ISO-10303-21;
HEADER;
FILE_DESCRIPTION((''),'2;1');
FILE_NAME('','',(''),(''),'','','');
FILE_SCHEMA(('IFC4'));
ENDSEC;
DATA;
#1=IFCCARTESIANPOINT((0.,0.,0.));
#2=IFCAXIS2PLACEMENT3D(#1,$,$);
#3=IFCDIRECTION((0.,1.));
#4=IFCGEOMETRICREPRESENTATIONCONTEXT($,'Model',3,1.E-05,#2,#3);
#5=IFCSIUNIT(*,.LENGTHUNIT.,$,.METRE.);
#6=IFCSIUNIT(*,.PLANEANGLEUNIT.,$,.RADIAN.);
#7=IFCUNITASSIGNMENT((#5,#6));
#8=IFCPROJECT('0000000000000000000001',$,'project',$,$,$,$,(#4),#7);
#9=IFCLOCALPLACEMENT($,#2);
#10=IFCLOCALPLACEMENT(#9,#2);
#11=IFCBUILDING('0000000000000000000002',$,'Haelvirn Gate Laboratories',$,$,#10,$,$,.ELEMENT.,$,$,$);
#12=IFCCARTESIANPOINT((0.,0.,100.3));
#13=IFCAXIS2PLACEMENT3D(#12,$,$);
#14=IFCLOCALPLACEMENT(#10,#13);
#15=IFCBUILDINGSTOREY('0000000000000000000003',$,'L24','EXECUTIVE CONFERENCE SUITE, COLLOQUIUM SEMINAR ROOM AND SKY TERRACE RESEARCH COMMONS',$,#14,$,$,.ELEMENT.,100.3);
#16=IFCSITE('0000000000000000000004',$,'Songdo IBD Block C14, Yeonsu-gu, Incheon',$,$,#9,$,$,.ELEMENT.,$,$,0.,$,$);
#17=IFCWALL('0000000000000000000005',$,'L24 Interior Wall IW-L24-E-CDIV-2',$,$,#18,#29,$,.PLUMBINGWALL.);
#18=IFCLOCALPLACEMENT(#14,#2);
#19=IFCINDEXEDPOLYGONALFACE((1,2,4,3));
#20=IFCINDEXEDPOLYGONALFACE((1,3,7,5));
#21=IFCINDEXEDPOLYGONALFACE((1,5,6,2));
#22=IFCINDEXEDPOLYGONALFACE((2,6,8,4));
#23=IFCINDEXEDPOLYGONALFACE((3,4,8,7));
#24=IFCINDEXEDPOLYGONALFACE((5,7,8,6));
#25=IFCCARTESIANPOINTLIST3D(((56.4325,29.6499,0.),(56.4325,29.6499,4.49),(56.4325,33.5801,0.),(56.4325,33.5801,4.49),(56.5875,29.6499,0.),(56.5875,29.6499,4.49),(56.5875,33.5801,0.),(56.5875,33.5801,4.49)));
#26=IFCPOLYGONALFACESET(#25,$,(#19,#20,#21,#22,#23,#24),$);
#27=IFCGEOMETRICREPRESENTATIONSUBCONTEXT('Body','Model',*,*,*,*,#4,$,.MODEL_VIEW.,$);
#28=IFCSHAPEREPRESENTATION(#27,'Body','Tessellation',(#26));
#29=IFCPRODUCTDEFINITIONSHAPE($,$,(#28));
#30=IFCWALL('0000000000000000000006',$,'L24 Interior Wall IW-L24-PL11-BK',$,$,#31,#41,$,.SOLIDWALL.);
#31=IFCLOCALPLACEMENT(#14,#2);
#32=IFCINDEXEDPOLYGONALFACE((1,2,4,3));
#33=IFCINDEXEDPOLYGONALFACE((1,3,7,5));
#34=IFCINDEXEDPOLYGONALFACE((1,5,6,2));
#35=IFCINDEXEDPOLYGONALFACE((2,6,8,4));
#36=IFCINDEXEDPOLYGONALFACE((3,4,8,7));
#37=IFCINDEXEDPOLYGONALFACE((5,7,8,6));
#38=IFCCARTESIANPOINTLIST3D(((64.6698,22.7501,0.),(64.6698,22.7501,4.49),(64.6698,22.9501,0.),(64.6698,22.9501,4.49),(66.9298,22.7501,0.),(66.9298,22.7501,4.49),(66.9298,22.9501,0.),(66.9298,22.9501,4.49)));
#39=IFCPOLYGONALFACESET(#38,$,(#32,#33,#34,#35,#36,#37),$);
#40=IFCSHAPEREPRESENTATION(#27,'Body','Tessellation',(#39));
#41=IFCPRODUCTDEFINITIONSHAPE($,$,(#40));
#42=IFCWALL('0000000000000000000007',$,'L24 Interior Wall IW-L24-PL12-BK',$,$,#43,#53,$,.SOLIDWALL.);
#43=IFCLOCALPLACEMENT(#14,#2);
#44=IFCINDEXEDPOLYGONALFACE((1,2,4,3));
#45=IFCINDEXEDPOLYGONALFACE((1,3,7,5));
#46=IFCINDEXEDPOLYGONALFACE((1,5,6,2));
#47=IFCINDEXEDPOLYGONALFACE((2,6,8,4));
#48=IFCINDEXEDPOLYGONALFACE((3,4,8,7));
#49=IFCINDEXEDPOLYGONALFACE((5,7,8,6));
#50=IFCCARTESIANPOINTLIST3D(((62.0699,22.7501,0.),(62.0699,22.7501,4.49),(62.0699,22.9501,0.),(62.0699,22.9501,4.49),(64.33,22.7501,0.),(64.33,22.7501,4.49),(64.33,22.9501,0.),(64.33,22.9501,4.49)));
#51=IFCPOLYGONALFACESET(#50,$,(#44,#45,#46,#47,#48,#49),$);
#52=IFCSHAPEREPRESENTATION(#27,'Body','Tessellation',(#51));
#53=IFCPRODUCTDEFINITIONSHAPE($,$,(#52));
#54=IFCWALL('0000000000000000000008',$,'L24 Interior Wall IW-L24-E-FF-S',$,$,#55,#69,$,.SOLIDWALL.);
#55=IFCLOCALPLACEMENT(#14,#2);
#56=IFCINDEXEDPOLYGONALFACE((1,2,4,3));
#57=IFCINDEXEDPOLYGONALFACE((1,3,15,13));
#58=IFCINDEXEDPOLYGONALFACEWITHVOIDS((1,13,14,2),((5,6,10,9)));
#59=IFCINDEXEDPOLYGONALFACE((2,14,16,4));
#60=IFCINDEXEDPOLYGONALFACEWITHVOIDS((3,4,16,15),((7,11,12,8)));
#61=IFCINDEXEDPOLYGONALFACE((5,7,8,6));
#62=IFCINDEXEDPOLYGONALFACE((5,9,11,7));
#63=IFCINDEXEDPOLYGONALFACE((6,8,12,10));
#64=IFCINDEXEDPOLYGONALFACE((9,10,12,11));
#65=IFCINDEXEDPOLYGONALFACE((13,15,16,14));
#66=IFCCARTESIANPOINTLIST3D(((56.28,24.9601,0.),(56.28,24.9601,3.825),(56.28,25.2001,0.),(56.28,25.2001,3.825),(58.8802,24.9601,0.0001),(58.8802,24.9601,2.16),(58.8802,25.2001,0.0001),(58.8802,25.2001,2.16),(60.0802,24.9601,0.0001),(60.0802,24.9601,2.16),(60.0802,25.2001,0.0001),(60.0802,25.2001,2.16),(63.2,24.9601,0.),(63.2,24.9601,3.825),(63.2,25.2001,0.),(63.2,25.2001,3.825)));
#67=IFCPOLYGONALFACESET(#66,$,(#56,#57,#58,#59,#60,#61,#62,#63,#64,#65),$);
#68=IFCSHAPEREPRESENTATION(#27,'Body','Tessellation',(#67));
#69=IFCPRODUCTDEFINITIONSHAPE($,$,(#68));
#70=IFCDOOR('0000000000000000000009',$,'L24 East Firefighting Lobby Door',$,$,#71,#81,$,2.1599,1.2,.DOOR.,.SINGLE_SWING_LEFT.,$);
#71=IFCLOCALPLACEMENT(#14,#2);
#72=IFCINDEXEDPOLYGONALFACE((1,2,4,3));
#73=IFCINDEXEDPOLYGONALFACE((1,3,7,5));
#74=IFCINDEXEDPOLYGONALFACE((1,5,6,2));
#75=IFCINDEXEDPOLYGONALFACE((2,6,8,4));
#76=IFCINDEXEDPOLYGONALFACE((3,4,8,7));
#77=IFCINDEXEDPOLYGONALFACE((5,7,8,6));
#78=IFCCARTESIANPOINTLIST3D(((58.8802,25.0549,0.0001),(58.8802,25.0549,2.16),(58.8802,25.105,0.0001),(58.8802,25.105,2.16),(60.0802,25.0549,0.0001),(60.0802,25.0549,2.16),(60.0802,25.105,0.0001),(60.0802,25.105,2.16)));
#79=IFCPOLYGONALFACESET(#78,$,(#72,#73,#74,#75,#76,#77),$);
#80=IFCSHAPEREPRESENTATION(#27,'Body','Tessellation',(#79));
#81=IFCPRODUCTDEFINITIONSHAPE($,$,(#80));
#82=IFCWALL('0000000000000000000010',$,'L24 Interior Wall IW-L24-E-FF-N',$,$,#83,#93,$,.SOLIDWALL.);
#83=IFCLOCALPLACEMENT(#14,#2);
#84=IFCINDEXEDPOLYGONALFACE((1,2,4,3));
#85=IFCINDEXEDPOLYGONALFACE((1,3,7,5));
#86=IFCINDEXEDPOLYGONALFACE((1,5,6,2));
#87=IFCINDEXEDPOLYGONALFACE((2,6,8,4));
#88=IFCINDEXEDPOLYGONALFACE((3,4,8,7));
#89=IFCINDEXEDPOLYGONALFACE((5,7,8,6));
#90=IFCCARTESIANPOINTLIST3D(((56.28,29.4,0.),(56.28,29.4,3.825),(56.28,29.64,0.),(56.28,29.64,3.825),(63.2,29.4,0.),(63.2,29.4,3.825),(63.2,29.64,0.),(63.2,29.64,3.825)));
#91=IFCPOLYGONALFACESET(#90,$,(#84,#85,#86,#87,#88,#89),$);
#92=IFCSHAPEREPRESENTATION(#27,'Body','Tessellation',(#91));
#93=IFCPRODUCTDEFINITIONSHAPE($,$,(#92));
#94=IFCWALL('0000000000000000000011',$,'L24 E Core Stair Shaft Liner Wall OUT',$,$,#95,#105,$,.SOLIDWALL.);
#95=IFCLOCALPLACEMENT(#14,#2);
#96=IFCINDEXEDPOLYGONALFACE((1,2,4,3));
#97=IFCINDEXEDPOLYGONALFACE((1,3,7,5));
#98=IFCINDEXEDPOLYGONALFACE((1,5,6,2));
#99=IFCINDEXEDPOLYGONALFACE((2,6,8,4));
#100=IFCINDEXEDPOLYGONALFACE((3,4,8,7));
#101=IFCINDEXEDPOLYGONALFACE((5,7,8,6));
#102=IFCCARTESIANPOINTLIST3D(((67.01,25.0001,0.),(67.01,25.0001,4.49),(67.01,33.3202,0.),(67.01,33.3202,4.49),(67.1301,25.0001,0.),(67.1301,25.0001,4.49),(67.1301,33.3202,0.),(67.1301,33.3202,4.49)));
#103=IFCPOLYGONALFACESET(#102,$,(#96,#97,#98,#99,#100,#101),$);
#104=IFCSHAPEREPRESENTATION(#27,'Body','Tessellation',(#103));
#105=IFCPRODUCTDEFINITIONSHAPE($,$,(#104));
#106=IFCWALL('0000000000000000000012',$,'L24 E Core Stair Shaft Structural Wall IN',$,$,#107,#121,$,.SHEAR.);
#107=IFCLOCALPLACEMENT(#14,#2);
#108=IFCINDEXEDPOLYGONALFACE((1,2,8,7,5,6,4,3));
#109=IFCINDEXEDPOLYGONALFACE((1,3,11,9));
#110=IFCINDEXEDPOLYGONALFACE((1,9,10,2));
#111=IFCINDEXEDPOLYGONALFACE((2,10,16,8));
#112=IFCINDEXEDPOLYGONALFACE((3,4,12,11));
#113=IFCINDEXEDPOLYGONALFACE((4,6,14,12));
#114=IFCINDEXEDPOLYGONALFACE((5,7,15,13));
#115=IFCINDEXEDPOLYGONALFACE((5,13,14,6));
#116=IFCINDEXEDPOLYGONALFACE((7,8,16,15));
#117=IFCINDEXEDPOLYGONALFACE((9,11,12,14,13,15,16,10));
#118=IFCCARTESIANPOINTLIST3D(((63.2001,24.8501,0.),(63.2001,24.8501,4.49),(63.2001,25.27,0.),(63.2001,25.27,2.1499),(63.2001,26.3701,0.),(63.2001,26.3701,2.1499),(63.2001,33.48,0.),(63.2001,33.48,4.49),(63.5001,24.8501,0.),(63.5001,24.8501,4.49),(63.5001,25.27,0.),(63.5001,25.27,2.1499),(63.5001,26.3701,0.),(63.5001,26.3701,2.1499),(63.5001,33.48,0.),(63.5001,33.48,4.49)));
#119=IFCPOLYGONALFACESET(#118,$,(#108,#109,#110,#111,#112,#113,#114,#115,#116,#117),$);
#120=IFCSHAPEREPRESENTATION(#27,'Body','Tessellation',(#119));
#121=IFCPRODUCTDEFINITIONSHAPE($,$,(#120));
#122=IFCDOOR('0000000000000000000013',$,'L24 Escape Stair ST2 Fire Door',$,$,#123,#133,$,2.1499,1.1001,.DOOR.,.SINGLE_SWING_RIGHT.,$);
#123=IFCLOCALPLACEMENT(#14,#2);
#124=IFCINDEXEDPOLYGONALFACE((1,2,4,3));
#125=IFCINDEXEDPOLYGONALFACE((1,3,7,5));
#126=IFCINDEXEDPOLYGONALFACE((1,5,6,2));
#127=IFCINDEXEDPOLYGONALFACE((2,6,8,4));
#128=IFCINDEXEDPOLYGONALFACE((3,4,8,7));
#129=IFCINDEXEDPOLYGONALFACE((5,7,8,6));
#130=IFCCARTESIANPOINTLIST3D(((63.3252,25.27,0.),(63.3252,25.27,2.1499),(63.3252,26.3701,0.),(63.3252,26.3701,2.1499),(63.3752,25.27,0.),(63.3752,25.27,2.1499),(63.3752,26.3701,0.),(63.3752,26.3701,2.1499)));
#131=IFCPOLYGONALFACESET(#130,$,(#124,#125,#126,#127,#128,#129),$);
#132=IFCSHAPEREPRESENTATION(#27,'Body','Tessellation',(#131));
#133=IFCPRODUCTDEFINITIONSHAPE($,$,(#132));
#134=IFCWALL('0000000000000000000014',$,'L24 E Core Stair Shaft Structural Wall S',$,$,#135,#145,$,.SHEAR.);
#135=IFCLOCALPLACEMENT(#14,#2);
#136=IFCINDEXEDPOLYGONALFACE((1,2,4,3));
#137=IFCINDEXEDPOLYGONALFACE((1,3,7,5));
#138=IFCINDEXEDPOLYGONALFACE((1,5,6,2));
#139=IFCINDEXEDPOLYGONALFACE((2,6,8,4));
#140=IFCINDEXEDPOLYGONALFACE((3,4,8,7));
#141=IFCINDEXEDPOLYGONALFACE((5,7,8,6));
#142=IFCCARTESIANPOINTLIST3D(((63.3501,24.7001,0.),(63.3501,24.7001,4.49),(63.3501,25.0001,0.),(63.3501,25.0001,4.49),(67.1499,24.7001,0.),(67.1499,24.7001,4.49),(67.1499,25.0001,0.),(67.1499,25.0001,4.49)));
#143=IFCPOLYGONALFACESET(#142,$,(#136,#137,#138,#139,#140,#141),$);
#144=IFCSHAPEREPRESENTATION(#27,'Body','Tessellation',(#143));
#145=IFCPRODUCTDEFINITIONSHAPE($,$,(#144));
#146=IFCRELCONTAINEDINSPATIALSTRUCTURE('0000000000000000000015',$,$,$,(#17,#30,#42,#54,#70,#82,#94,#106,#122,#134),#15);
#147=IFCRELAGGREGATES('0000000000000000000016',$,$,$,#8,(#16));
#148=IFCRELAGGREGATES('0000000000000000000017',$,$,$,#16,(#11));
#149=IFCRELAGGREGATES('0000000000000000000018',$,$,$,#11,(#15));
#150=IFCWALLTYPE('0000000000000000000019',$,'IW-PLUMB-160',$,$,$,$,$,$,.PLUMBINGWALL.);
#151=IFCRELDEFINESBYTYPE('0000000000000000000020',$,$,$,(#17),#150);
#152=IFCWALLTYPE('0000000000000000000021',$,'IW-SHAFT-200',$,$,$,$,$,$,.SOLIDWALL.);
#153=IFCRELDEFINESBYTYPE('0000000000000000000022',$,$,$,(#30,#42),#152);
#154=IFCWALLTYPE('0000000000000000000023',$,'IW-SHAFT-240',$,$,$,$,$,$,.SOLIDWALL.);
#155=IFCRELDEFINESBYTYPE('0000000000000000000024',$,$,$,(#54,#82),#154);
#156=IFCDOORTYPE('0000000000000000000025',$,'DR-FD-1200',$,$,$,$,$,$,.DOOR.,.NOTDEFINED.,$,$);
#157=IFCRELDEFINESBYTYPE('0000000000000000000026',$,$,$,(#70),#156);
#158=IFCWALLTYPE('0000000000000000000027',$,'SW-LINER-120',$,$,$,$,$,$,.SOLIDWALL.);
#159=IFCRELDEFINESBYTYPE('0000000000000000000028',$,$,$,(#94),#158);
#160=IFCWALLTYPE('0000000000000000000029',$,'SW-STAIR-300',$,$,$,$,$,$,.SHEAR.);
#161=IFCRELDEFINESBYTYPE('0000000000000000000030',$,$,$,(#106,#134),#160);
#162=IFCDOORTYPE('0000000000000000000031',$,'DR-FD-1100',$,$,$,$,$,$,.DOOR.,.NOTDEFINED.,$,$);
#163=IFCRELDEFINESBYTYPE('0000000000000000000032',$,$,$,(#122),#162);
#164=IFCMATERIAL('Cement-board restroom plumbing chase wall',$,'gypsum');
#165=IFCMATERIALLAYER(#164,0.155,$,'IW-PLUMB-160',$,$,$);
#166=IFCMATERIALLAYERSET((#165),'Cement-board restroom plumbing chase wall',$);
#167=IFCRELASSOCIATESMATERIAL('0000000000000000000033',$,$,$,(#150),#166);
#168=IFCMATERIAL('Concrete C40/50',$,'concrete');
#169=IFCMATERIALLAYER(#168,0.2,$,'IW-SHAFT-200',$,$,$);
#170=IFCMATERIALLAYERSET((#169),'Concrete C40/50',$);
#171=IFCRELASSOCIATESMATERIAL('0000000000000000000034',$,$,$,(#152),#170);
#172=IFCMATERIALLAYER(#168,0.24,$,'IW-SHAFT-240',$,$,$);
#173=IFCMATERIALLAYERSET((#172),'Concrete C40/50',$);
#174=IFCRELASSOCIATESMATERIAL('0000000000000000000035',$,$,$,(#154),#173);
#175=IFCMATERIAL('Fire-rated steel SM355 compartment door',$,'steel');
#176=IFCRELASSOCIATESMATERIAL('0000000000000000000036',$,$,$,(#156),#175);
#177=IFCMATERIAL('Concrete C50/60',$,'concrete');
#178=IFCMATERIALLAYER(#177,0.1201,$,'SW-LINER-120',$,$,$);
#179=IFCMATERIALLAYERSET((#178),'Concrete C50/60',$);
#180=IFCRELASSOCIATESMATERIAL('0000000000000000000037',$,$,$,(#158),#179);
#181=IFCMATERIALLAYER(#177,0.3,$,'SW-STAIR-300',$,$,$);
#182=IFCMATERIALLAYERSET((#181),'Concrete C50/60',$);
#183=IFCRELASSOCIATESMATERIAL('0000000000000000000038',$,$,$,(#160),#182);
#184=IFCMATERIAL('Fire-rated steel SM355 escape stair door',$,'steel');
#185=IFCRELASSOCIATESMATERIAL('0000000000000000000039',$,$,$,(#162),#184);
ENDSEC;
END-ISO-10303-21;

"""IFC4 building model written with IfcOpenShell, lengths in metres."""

from ifc_helpers import new_model, si_unit, direction, frame, frame_2d, origin, place, context, subcontext, project, spatial, rectangle, extrude, source, transform, mapped, material, layer, layer_set, type_object, type_shapes, element, fill, save


model = new_model("IFC4")

# Units and contexts
model_context = context("Model", 3, precision=1e-05, world=origin(), true_north=direction((0.0, 1.0)))
body_context = subcontext(model_context, "Body", "Model", "MODEL_VIEW")
ifc_project = project(units=[si_unit("LENGTHUNIT", "METRE"), si_unit("PLANEANGLEUNIT", "RADIAN")], contexts=[model_context])

# Site, building, storey
site_placement = place(None, origin())
site = spatial("IfcSite", under=ifc_project, at=site_placement, Name="Songdo IBD Block C14, Yeonsu-gu, Incheon", CompositionType="ELEMENT", RefElevation=0.0)
building_placement = place(site_placement, origin())
building = spatial("IfcBuilding", under=site, at=building_placement, Name="Haelvirn Gate Laboratories", CompositionType="ELEMENT")
storey_placement = place(building_placement, frame((0.0, 0.0, 100.3)))
storey = spatial("IfcBuildingStorey", under=building, at=storey_placement, Name="L24", Description="EXECUTIVE CONFERENCE SUITE, COLLOQUIUM SEMINAR ROOM AND SKY TERRACE RESEARCH COMMONS", CompositionType="ELEMENT", Elevation=100.3)

# Walls
ifc_material_1 = material(Name="Cement-board restroom plumbing chase wall", Category="gypsum")
ifc_layer_1 = layer(ifc_material_1, 0.155, Name="IW-PLUMB-160")
ifc_layer_set_1 = layer_set([ifc_layer_1], Name="Cement-board restroom plumbing chase wall")
wall_type_1 = type_object("IfcWallType", Name="IW-PLUMB-160", PredefinedType="PLUMBINGWALL", material=ifc_layer_set_1)
wall_1_placement = place(storey_placement, frame((56.51, 29.6499, 0.0), z_axis=(0.0, 0.0, 1.0), x_axis=(0.0, 1.0, 0.0)))
element("IfcWall", 1, at=wall_1_placement, inside=storey, type_object=wall_type_1, Name="L24 Interior Wall IW-L24-E-CDIV-2", PredefinedType="PLUMBINGWALL", context=body_context, shape_type="SweptSolid", body=[
    extrude(rectangle(XDim=3.9302, YDim=0.155, at=frame_2d((1.9651, 0.0))), origin(), (0.0, 0.0, 1.0), 4.49),
])
ifc_material_2 = material(Name="Concrete C40/50", Category="concrete")
ifc_layer_2 = layer(ifc_material_2, 0.2, Name="IW-SHAFT-200")
ifc_layer_set_2 = layer_set([ifc_layer_2], Name="Concrete C40/50")
wall_type_2 = type_object("IfcWallType", Name="IW-SHAFT-200", PredefinedType="SOLIDWALL", material=ifc_layer_set_2)
for number, where, z_axis, x_axis, name in (
    (2, (64.6699, 22.8501, 0.0), (0.0, 0.0, 1.0), (1.0, 0.0, 0.0), "L24 Interior Wall IW-L24-PL11-BK"),
    (3, (62.0701, 22.8501, 0.0), (0.0, 0.0, 1.0), (1.0, 0.0, 0.0), "L24 Interior Wall IW-L24-PL12-BK"),
):
    element("IfcWall", number, at=place(storey_placement, frame(where, z_axis=z_axis, x_axis=x_axis)), inside=storey, type_object=wall_type_2, Name=name, PredefinedType="SOLIDWALL", context=body_context, shape_type="SweptSolid", body=[
        extrude(rectangle(XDim=2.26, YDim=0.2, at=frame_2d((1.1299, 0.0))), origin(), (0.0, 0.0, 1.0), 4.49),
    ])

# Wall, opening, door
ifc_layer_3 = layer(ifc_material_2, 0.24, Name="IW-SHAFT-240")
ifc_layer_set_3 = layer_set([ifc_layer_3], Name="Concrete C40/50")
wall_type_3 = type_object("IfcWallType", Name="IW-SHAFT-240", PredefinedType="SOLIDWALL", material=ifc_layer_set_3)
wall_2_placement = place(storey_placement, frame((56.28, 25.0801, 0.0), z_axis=(0.0, 0.0, 1.0), x_axis=(1.0, 0.0, 0.0)))
wall_2 = element("IfcWall", 4, at=wall_2_placement, inside=storey, type_object=wall_type_3, Name="L24 Interior Wall IW-L24-E-FF-S", PredefinedType="SOLIDWALL", context=body_context, shape_type="SweptSolid", body=[
    extrude(rectangle(XDim=6.9199, YDim=0.24, at=frame_2d((3.46, 0.0))), origin(), (0.0, 0.0, 1.0), 3.825),
])
opening_1_placement = place(wall_2_placement, frame((2.6001, 0.0, 0.0)))
opening_1 = element("IfcOpeningElement", 5, at=opening_1_placement, cuts=wall_2, PredefinedType="OPENING", context=body_context, shape_type="SweptSolid", body=[
    extrude(rectangle(XDim=1.2, YDim=2.1599, at=frame_2d((0.6001, 1.0801))), frame((0.0, 0.1299, 0.0), z_axis=(0.0, -1.0, 0.0), x_axis=(1.0, 0.0, 0.0)), (0.0, 0.0, 1.0), 0.26),
])
ifc_material_3 = material(Name="Fire-rated steel SM355 compartment door", Category="steel")
door_type_1 = type_object("IfcDoorType", Name="DR-FD-1200", OperationType="NOTDEFINED", PredefinedType="DOOR", material=ifc_material_3)
shared_shape_1 = source(origin(), body_context, "Body", "SweptSolid", [
    extrude(rectangle(XDim=1.2, YDim=2.1599, at=frame_2d((0.6001, 1.0801))), frame((0.0, 0.0249, 0.0), z_axis=(0.0, -1.0, 0.0), x_axis=(1.0, 0.0, 0.0)), (0.0, 0.0, 1.0), 0.05),
])
type_shapes(door_type_1, [shared_shape_1])
door_1_placement = place(opening_1_placement, origin())
door_1 = element("IfcDoor", 6, at=door_1_placement, inside=storey, type_object=door_type_1, Name="L24 East Firefighting Lobby Door", OperationType="SINGLE_SWING_LEFT", OverallHeight=2.1599, OverallWidth=1.2, PredefinedType="DOOR", context=body_context, shape_type="MappedRepresentation", body=[
    mapped(shared_shape_1, transform((0.0, 0.0, 0.0), scale=1.0)),
])
fill(opening_1, door_1)

# Walls
wall_3_placement = place(storey_placement, frame((56.28, 29.52, 0.0), z_axis=(0.0, 0.0, 1.0), x_axis=(1.0, 0.0, 0.0)))
element("IfcWall", 7, at=wall_3_placement, inside=storey, type_object=wall_type_3, Name="L24 Interior Wall IW-L24-E-FF-N", PredefinedType="SOLIDWALL", context=body_context, shape_type="SweptSolid", body=[
    extrude(rectangle(XDim=6.9199, YDim=0.24, at=frame_2d((3.46, 0.0))), origin(), (0.0, 0.0, 1.0), 3.825),
])
ifc_material_4 = material(Name="Concrete C50/60", Category="concrete")
ifc_layer_4 = layer(ifc_material_4, 0.1201, Name="SW-LINER-120")
ifc_layer_set_4 = layer_set([ifc_layer_4], Name="Concrete C50/60")
wall_type_4 = type_object("IfcWallType", Name="SW-LINER-120", PredefinedType="SOLIDWALL", material=ifc_layer_set_4)
wall_4_placement = place(storey_placement, frame((67.0701, 25.0, 0.0), z_axis=(0.0, 0.0, 1.0), x_axis=(0.0, 1.0, 0.0)))
element("IfcWall", 8, at=wall_4_placement, inside=storey, type_object=wall_type_4, Name="L24 E Core Stair Shaft Liner Wall OUT", PredefinedType="SOLIDWALL", context=body_context, shape_type="SweptSolid", body=[
    extrude(rectangle(XDim=8.3201, YDim=0.1201, at=frame_2d((4.1602, 0.0))), origin(), (0.0, 0.0, 1.0), 4.49),
])

# Wall, opening, door
ifc_layer_5 = layer(ifc_material_4, 0.3, Name="SW-STAIR-300")
ifc_layer_set_5 = layer_set([ifc_layer_5], Name="Concrete C50/60")
wall_type_5 = type_object("IfcWallType", Name="SW-STAIR-300", PredefinedType="SHEAR", material=ifc_layer_set_5)
wall_5_placement = place(storey_placement, frame((63.3501, 24.8501, 0.0), z_axis=(0.0, 0.0, 1.0), x_axis=(0.0, 1.0, 0.0)))
wall_5 = element("IfcWall", 9, at=wall_5_placement, inside=storey, type_object=wall_type_5, Name="L24 E Core Stair Shaft Structural Wall IN", PredefinedType="SHEAR", context=body_context, shape_type="SweptSolid", body=[
    extrude(rectangle(XDim=8.6299, YDim=0.3, at=frame_2d((4.3149, 0.0))), origin(), (0.0, 0.0, 1.0), 4.49),
])
opening_2_placement = place(wall_5_placement, frame((0.4199, 0.0, 0.0)))
opening_2 = element("IfcOpeningElement", 10, at=opening_2_placement, cuts=wall_5, PredefinedType="OPENING", context=body_context, shape_type="SweptSolid", body=[
    extrude(rectangle(XDim=1.1001, YDim=2.1499, at=frame_2d((0.55, 1.075))), frame((0.0, 0.1602, 0.0), z_axis=(0.0, -1.0, 0.0), x_axis=(1.0, 0.0, 0.0)), (0.0, 0.0, 1.0), 0.3201),
])
ifc_material_5 = material(Name="Fire-rated steel SM355 escape stair door", Category="steel")
door_type_2 = type_object("IfcDoorType", Name="DR-FD-1100", OperationType="NOTDEFINED", PredefinedType="DOOR", material=ifc_material_5)
shared_shape_2 = source(origin(), body_context, "Body", "SweptSolid", [
    extrude(rectangle(XDim=1.1001, YDim=2.1499, at=frame_2d((0.55, 1.075))), frame((0.0, 0.0249, 0.0), z_axis=(0.0, -1.0, 0.0), x_axis=(1.0, 0.0, 0.0)), (0.0, 0.0, 1.0), 0.05),
])
type_shapes(door_type_2, [shared_shape_2])
door_2_placement = place(opening_2_placement, origin())
door_2 = element("IfcDoor", 11, at=door_2_placement, inside=storey, type_object=door_type_2, Name="L24 Escape Stair ST2 Fire Door", OperationType="SINGLE_SWING_RIGHT", OverallHeight=2.1499, OverallWidth=1.1001, PredefinedType="DOOR", context=body_context, shape_type="MappedRepresentation", body=[
    mapped(shared_shape_2, transform((0.0, 0.0, 0.0), scale=1.0)),
])
fill(opening_2, door_2)

# Wall
wall_6_placement = place(storey_placement, frame((63.3501, 24.8501, 0.0), z_axis=(0.0, 0.0, 1.0), x_axis=(1.0, 0.0, 0.0)))
element("IfcWall", 12, at=wall_6_placement, inside=storey, type_object=wall_type_5, Name="L24 E Core Stair Shaft Structural Wall S", PredefinedType="SHEAR", context=body_context, shape_type="SweptSolid", body=[
    extrude(rectangle(XDim=3.7998, YDim=0.3, at=frame_2d((1.8999, 0.0))), origin(), (0.0, 0.0, 1.0), 4.49),
])

save(model, "model.ifc")
